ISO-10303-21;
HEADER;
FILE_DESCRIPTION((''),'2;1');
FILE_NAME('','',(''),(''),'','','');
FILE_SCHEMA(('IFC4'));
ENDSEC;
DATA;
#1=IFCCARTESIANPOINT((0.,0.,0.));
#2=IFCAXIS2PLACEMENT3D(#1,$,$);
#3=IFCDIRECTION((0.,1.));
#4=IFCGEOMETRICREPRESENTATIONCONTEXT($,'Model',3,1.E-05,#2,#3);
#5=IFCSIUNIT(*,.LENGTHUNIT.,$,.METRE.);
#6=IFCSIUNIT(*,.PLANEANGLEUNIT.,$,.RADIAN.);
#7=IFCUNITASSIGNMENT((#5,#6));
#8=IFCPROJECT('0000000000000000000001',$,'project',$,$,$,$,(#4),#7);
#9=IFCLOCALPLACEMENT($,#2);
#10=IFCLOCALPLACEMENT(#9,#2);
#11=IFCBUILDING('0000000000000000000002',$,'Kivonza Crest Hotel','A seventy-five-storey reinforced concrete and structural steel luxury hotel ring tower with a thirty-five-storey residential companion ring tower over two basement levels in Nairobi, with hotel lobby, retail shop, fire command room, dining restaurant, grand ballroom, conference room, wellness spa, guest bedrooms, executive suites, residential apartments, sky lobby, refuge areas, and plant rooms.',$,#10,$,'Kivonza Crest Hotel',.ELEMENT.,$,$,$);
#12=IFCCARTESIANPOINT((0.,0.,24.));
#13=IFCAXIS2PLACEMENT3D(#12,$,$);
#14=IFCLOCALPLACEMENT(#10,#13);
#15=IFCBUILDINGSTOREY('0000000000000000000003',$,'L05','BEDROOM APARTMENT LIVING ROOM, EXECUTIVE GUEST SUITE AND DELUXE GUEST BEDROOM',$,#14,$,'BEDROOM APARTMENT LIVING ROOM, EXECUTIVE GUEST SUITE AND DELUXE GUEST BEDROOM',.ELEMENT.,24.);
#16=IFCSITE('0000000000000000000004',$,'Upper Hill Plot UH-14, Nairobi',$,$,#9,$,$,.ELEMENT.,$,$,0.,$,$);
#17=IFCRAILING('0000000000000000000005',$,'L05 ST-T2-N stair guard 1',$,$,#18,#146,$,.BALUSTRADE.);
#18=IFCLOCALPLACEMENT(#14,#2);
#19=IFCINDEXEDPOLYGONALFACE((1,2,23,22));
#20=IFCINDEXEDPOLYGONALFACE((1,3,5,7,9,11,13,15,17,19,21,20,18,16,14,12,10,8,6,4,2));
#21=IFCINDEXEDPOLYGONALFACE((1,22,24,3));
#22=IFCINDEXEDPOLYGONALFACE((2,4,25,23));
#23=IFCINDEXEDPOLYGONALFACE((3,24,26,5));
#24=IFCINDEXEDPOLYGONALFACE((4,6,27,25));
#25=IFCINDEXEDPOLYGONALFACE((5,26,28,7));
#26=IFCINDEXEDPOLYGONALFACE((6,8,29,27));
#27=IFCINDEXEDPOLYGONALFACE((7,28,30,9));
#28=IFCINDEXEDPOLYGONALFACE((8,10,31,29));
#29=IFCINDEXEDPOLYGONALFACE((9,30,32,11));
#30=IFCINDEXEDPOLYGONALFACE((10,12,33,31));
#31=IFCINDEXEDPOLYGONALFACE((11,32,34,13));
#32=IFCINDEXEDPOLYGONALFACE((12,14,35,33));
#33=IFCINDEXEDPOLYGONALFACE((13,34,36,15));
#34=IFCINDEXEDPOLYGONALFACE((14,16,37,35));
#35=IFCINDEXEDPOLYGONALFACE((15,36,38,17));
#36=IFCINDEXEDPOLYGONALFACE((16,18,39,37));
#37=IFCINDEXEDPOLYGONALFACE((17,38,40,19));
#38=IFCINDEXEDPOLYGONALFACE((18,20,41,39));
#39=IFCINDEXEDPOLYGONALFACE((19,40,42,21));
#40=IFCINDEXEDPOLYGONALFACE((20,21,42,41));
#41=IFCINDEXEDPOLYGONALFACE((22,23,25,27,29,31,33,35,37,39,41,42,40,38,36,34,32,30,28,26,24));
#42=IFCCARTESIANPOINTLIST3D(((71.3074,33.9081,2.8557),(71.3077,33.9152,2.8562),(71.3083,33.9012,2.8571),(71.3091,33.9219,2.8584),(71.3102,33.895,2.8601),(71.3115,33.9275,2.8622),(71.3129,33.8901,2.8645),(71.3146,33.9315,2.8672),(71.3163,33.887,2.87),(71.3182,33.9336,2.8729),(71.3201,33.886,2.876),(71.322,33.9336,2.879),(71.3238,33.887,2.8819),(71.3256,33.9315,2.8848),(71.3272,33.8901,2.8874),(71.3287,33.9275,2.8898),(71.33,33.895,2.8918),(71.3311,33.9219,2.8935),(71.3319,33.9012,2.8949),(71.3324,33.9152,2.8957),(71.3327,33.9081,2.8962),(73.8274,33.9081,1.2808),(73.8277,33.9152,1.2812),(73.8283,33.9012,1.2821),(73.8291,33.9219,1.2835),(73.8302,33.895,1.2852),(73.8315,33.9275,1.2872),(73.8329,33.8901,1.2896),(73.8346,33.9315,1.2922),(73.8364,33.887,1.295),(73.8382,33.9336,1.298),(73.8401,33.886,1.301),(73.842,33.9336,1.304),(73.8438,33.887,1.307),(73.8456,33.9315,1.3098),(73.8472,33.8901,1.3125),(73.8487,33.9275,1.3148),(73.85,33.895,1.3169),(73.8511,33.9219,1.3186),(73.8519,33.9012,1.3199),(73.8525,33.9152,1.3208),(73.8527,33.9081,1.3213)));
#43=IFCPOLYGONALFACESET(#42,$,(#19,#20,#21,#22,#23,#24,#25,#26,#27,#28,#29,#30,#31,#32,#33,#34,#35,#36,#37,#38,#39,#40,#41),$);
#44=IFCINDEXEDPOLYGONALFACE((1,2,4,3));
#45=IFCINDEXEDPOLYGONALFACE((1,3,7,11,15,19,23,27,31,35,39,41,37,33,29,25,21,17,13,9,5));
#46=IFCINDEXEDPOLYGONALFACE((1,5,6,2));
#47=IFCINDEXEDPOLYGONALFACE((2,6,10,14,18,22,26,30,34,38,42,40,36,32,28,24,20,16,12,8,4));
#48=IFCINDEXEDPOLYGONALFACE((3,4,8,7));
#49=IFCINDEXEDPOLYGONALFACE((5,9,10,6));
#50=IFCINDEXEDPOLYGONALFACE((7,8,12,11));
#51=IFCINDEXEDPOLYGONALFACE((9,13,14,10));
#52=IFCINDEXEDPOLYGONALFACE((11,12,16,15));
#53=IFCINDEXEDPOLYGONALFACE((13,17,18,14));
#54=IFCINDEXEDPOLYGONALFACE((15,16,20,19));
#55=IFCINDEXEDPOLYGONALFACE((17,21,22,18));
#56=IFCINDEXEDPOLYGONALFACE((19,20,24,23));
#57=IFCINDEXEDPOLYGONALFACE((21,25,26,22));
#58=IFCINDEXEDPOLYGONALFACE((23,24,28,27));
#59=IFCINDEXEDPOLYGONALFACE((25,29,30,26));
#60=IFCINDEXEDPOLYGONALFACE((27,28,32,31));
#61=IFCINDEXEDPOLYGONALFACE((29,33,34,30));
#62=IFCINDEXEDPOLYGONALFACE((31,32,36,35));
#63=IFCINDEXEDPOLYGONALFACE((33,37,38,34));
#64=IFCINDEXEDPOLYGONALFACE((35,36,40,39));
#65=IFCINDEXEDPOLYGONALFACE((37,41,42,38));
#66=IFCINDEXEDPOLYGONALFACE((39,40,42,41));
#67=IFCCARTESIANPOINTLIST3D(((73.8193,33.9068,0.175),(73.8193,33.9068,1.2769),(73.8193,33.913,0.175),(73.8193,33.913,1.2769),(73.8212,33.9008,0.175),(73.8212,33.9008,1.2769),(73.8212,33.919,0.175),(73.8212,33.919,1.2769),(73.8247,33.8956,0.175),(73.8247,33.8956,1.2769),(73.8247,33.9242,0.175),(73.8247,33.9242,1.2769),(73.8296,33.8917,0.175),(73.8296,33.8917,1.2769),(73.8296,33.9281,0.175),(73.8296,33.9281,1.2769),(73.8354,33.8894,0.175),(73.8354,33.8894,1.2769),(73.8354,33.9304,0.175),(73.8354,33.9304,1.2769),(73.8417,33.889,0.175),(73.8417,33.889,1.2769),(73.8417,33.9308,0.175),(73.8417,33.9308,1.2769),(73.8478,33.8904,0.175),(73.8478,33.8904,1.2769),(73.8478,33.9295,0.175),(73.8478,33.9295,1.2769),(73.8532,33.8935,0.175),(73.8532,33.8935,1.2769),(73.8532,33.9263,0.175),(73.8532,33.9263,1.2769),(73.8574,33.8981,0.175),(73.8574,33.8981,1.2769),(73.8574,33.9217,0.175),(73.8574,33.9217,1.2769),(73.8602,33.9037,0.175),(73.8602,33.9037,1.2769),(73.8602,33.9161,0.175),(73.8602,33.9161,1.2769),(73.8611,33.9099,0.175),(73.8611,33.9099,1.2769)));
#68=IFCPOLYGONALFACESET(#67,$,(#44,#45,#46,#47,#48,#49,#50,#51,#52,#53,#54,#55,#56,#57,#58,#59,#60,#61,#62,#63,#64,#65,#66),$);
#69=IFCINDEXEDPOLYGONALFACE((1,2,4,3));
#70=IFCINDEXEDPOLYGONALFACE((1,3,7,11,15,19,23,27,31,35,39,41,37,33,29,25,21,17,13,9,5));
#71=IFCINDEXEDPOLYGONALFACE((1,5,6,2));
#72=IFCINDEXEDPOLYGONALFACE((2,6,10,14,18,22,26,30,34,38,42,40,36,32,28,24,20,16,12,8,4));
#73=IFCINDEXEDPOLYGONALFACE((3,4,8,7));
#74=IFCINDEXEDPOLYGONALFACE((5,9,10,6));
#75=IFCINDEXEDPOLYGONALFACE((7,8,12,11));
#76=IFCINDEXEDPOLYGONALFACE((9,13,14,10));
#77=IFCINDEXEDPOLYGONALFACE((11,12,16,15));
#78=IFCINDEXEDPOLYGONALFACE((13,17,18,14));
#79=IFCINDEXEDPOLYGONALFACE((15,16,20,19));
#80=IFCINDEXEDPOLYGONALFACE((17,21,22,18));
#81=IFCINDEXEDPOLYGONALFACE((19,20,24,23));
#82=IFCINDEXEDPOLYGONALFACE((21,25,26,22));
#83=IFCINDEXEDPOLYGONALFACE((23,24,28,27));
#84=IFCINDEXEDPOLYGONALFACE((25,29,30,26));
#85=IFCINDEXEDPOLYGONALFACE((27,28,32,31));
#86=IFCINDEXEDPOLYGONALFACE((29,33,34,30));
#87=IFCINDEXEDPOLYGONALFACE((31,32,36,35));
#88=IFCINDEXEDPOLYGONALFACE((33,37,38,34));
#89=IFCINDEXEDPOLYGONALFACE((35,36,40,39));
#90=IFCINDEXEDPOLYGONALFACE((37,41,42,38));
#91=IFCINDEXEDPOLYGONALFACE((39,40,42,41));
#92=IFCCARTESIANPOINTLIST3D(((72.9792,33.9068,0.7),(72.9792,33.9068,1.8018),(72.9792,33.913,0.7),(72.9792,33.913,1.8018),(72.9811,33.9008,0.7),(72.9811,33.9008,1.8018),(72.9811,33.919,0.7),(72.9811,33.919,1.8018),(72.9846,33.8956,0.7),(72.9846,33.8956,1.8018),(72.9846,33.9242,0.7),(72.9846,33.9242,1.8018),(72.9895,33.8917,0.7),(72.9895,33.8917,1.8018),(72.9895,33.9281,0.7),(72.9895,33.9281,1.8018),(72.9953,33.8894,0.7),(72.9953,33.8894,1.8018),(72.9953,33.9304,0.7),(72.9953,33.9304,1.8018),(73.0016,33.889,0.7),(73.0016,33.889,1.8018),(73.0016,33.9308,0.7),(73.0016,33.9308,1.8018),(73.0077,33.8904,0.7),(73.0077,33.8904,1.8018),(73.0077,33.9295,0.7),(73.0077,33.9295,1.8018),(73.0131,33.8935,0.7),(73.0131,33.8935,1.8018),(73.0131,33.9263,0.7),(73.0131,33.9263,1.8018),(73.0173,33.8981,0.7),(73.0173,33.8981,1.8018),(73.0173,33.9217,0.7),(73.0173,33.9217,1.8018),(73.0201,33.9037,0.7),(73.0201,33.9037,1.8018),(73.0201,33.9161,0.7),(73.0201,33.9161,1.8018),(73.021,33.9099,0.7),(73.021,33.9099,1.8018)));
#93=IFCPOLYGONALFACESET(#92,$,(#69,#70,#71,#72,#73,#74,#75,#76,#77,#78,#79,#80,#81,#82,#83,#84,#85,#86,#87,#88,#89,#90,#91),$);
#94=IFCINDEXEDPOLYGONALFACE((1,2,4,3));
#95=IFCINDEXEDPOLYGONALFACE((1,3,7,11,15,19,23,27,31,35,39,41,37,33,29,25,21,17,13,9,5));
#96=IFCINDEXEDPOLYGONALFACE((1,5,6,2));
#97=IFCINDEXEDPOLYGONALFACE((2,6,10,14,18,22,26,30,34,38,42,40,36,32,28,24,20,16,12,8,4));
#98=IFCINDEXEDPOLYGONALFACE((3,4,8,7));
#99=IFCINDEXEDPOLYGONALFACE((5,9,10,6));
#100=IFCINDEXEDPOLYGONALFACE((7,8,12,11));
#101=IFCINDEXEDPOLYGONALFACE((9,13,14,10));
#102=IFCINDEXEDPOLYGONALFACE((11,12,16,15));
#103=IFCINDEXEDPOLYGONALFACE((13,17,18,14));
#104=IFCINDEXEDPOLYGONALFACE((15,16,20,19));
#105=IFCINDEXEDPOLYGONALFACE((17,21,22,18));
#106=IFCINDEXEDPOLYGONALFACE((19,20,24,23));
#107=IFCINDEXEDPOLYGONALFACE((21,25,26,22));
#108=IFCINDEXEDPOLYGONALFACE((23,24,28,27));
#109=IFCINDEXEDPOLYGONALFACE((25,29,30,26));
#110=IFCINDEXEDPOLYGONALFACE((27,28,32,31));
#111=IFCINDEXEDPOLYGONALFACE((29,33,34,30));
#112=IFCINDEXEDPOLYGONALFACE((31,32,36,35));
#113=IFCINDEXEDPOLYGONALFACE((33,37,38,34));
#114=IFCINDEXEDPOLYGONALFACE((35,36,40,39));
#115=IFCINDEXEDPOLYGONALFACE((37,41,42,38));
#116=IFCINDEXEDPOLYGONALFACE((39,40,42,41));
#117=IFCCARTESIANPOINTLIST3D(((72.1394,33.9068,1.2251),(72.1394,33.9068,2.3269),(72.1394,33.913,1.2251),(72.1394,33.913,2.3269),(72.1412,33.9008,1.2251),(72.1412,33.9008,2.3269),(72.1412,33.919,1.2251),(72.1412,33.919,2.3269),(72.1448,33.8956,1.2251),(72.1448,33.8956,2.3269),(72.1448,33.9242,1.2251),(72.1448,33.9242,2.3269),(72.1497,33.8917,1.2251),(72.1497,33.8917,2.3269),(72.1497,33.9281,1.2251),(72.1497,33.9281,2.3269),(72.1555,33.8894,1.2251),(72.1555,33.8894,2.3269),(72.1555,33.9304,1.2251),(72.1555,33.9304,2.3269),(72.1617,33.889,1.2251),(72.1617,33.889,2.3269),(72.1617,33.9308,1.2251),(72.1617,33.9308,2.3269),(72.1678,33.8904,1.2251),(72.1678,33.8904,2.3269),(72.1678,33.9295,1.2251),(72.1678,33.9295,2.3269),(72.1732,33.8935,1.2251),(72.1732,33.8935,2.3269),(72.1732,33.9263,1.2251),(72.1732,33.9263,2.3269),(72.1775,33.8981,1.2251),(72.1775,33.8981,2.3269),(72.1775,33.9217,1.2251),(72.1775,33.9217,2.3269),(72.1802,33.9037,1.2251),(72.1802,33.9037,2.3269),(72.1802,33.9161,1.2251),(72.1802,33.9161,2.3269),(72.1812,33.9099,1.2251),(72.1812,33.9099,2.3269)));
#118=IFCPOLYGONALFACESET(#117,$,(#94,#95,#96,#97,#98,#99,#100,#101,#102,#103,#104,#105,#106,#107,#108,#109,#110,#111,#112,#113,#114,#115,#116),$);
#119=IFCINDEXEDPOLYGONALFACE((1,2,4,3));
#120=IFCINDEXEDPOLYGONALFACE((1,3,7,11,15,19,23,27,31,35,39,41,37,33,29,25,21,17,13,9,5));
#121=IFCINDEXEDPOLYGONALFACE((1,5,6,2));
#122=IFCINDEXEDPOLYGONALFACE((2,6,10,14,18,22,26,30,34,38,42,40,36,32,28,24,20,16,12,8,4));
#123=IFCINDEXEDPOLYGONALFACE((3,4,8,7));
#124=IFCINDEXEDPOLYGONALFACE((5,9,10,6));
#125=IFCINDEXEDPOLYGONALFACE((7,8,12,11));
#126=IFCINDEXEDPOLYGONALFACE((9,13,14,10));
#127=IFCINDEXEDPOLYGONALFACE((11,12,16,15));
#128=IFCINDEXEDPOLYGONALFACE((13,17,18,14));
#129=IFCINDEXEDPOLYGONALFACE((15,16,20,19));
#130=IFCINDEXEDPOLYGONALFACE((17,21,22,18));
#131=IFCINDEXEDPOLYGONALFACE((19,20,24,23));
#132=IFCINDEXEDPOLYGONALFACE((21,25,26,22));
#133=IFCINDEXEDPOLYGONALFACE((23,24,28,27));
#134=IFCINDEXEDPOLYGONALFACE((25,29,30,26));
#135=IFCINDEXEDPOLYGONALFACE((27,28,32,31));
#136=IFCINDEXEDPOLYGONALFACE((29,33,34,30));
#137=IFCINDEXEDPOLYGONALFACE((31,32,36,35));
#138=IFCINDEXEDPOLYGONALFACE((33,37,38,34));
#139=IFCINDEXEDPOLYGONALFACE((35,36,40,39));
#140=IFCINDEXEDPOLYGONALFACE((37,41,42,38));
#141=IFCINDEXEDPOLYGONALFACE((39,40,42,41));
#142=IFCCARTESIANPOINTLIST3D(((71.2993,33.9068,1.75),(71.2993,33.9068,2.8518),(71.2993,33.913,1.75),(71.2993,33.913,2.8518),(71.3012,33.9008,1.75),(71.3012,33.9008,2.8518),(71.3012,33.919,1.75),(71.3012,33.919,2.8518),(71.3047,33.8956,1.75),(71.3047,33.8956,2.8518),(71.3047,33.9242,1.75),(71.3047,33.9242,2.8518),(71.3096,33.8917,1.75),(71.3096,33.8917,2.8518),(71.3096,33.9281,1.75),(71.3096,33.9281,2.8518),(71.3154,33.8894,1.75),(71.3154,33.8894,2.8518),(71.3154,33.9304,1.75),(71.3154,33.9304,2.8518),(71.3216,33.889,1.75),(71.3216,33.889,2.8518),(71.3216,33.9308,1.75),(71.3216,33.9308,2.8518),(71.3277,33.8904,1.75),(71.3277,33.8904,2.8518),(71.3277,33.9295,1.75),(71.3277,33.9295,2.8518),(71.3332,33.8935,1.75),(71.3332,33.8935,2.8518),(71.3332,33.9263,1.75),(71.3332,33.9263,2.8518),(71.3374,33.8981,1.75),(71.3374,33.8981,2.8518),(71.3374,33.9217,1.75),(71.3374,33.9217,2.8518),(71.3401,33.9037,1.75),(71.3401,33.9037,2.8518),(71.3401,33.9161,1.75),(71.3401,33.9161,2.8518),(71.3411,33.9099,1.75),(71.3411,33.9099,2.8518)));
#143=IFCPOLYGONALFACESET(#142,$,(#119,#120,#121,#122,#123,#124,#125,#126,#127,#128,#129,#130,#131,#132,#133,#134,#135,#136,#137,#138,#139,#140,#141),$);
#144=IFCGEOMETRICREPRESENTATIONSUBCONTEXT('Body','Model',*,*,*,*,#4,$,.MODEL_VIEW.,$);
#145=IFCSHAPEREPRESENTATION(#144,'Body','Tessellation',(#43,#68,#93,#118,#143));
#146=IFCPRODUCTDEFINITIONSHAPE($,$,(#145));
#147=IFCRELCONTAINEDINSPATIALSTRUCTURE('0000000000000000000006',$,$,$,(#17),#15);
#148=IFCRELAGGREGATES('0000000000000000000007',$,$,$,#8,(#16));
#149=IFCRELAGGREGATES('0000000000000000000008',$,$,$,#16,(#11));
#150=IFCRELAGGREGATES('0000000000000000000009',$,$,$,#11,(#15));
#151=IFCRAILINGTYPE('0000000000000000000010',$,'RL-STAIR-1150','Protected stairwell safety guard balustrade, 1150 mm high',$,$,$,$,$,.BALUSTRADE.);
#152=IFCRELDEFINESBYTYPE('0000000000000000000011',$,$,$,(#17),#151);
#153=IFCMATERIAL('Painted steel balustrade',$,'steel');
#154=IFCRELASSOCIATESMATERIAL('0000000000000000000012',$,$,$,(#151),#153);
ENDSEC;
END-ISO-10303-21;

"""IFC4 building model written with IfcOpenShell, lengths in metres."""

from ifc_helpers import new_model, si_unit, direction, frame, origin, origin_2d, place, context, subcontext, project, spatial, circle, extrude, material, type_object, element, save


model = new_model("IFC4")

# Units and contexts
model_context = context("Model", 3, precision=1e-05, world=origin(), true_north=direction((0.0, 1.0)))
body_context = subcontext(model_context, "Body", "Model", "MODEL_VIEW")
ifc_project = project(units=[si_unit("LENGTHUNIT", "METRE"), si_unit("PLANEANGLEUNIT", "RADIAN")], contexts=[model_context])

# Site, building, storey
site_placement = place(None, origin())
site = spatial("IfcSite", under=ifc_project, at=site_placement, Name="Upper Hill Plot UH-14, Nairobi", CompositionType="ELEMENT", RefElevation=0.0)
building_placement = place(site_placement, origin())
building = spatial("IfcBuilding", under=site, at=building_placement, Name="Kivonza Crest Hotel", Description="A seventy-five-storey reinforced concrete and structural steel luxury hotel ring tower with a thirty-five-storey residential companion ring tower over two basement levels in Nairobi, with hotel lobby, retail shop, fire command room, dining restaurant, grand ballroom, conference room, wellness spa, guest bedrooms, executive suites, residential apartments, sky lobby, refuge areas, and plant rooms.", LongName="Kivonza Crest Hotel", CompositionType="ELEMENT")
storey_placement = place(building_placement, frame((0.0, 0.0, 24.0)))
storey = spatial("IfcBuildingStorey", under=building, at=storey_placement, Name="L05", Description="BEDROOM APARTMENT LIVING ROOM, EXECUTIVE GUEST SUITE AND DELUXE GUEST BEDROOM", LongName="BEDROOM APARTMENT LIVING ROOM, EXECUTIVE GUEST SUITE AND DELUXE GUEST BEDROOM", CompositionType="ELEMENT", Elevation=24.0)

# Railing
ifc_material_1 = material(Name="Painted steel balustrade", Category="steel")
railing_type_1 = type_object("IfcRailingType", Name="RL-STAIR-1150", Description="Protected stairwell safety guard balustrade, 1150 mm high", PredefinedType="BALUSTRADE", material=ifc_material_1)
railing_1_placement = place(storey_placement, frame((73.8401, 33.9099, 0.175)))
element("IfcRailing", 1, at=railing_1_placement, inside=storey, type_object=railing_type_1, Name="L05 ST-T2-N stair guard 1", PredefinedType="BALUSTRADE", context=body_context, shape_type="SweptSolid", body=[
    extrude(circle(Radius=0.0239, at=origin_2d()), frame((0.0, 0.0, 1.126), z_axis=(-0.848008, 0.0, 0.529984), x_axis=(0.0, -1.0, 0.0)), (0.0, 0.0, 1.0), 2.9717),
    extrude(circle(Radius=0.021, at=origin_2d()), origin(), (0.0, 0.0, 1.0), 1.1018),
    extrude(circle(Radius=0.021, at=origin_2d()), frame((-0.8401, 0.0, 0.5249)), (0.0, 0.0, 1.0), 1.1018),
    extrude(circle(Radius=0.021, at=origin_2d()), frame((-1.6799, 0.0, 1.05)), (0.0, 0.0, 1.0), 1.1018),
    extrude(circle(Radius=0.021, at=origin_2d()), frame((-2.52, 0.0, 1.575)), (0.0, 0.0, 1.0), 1.1018),
])

save(model, "model.ifc")
